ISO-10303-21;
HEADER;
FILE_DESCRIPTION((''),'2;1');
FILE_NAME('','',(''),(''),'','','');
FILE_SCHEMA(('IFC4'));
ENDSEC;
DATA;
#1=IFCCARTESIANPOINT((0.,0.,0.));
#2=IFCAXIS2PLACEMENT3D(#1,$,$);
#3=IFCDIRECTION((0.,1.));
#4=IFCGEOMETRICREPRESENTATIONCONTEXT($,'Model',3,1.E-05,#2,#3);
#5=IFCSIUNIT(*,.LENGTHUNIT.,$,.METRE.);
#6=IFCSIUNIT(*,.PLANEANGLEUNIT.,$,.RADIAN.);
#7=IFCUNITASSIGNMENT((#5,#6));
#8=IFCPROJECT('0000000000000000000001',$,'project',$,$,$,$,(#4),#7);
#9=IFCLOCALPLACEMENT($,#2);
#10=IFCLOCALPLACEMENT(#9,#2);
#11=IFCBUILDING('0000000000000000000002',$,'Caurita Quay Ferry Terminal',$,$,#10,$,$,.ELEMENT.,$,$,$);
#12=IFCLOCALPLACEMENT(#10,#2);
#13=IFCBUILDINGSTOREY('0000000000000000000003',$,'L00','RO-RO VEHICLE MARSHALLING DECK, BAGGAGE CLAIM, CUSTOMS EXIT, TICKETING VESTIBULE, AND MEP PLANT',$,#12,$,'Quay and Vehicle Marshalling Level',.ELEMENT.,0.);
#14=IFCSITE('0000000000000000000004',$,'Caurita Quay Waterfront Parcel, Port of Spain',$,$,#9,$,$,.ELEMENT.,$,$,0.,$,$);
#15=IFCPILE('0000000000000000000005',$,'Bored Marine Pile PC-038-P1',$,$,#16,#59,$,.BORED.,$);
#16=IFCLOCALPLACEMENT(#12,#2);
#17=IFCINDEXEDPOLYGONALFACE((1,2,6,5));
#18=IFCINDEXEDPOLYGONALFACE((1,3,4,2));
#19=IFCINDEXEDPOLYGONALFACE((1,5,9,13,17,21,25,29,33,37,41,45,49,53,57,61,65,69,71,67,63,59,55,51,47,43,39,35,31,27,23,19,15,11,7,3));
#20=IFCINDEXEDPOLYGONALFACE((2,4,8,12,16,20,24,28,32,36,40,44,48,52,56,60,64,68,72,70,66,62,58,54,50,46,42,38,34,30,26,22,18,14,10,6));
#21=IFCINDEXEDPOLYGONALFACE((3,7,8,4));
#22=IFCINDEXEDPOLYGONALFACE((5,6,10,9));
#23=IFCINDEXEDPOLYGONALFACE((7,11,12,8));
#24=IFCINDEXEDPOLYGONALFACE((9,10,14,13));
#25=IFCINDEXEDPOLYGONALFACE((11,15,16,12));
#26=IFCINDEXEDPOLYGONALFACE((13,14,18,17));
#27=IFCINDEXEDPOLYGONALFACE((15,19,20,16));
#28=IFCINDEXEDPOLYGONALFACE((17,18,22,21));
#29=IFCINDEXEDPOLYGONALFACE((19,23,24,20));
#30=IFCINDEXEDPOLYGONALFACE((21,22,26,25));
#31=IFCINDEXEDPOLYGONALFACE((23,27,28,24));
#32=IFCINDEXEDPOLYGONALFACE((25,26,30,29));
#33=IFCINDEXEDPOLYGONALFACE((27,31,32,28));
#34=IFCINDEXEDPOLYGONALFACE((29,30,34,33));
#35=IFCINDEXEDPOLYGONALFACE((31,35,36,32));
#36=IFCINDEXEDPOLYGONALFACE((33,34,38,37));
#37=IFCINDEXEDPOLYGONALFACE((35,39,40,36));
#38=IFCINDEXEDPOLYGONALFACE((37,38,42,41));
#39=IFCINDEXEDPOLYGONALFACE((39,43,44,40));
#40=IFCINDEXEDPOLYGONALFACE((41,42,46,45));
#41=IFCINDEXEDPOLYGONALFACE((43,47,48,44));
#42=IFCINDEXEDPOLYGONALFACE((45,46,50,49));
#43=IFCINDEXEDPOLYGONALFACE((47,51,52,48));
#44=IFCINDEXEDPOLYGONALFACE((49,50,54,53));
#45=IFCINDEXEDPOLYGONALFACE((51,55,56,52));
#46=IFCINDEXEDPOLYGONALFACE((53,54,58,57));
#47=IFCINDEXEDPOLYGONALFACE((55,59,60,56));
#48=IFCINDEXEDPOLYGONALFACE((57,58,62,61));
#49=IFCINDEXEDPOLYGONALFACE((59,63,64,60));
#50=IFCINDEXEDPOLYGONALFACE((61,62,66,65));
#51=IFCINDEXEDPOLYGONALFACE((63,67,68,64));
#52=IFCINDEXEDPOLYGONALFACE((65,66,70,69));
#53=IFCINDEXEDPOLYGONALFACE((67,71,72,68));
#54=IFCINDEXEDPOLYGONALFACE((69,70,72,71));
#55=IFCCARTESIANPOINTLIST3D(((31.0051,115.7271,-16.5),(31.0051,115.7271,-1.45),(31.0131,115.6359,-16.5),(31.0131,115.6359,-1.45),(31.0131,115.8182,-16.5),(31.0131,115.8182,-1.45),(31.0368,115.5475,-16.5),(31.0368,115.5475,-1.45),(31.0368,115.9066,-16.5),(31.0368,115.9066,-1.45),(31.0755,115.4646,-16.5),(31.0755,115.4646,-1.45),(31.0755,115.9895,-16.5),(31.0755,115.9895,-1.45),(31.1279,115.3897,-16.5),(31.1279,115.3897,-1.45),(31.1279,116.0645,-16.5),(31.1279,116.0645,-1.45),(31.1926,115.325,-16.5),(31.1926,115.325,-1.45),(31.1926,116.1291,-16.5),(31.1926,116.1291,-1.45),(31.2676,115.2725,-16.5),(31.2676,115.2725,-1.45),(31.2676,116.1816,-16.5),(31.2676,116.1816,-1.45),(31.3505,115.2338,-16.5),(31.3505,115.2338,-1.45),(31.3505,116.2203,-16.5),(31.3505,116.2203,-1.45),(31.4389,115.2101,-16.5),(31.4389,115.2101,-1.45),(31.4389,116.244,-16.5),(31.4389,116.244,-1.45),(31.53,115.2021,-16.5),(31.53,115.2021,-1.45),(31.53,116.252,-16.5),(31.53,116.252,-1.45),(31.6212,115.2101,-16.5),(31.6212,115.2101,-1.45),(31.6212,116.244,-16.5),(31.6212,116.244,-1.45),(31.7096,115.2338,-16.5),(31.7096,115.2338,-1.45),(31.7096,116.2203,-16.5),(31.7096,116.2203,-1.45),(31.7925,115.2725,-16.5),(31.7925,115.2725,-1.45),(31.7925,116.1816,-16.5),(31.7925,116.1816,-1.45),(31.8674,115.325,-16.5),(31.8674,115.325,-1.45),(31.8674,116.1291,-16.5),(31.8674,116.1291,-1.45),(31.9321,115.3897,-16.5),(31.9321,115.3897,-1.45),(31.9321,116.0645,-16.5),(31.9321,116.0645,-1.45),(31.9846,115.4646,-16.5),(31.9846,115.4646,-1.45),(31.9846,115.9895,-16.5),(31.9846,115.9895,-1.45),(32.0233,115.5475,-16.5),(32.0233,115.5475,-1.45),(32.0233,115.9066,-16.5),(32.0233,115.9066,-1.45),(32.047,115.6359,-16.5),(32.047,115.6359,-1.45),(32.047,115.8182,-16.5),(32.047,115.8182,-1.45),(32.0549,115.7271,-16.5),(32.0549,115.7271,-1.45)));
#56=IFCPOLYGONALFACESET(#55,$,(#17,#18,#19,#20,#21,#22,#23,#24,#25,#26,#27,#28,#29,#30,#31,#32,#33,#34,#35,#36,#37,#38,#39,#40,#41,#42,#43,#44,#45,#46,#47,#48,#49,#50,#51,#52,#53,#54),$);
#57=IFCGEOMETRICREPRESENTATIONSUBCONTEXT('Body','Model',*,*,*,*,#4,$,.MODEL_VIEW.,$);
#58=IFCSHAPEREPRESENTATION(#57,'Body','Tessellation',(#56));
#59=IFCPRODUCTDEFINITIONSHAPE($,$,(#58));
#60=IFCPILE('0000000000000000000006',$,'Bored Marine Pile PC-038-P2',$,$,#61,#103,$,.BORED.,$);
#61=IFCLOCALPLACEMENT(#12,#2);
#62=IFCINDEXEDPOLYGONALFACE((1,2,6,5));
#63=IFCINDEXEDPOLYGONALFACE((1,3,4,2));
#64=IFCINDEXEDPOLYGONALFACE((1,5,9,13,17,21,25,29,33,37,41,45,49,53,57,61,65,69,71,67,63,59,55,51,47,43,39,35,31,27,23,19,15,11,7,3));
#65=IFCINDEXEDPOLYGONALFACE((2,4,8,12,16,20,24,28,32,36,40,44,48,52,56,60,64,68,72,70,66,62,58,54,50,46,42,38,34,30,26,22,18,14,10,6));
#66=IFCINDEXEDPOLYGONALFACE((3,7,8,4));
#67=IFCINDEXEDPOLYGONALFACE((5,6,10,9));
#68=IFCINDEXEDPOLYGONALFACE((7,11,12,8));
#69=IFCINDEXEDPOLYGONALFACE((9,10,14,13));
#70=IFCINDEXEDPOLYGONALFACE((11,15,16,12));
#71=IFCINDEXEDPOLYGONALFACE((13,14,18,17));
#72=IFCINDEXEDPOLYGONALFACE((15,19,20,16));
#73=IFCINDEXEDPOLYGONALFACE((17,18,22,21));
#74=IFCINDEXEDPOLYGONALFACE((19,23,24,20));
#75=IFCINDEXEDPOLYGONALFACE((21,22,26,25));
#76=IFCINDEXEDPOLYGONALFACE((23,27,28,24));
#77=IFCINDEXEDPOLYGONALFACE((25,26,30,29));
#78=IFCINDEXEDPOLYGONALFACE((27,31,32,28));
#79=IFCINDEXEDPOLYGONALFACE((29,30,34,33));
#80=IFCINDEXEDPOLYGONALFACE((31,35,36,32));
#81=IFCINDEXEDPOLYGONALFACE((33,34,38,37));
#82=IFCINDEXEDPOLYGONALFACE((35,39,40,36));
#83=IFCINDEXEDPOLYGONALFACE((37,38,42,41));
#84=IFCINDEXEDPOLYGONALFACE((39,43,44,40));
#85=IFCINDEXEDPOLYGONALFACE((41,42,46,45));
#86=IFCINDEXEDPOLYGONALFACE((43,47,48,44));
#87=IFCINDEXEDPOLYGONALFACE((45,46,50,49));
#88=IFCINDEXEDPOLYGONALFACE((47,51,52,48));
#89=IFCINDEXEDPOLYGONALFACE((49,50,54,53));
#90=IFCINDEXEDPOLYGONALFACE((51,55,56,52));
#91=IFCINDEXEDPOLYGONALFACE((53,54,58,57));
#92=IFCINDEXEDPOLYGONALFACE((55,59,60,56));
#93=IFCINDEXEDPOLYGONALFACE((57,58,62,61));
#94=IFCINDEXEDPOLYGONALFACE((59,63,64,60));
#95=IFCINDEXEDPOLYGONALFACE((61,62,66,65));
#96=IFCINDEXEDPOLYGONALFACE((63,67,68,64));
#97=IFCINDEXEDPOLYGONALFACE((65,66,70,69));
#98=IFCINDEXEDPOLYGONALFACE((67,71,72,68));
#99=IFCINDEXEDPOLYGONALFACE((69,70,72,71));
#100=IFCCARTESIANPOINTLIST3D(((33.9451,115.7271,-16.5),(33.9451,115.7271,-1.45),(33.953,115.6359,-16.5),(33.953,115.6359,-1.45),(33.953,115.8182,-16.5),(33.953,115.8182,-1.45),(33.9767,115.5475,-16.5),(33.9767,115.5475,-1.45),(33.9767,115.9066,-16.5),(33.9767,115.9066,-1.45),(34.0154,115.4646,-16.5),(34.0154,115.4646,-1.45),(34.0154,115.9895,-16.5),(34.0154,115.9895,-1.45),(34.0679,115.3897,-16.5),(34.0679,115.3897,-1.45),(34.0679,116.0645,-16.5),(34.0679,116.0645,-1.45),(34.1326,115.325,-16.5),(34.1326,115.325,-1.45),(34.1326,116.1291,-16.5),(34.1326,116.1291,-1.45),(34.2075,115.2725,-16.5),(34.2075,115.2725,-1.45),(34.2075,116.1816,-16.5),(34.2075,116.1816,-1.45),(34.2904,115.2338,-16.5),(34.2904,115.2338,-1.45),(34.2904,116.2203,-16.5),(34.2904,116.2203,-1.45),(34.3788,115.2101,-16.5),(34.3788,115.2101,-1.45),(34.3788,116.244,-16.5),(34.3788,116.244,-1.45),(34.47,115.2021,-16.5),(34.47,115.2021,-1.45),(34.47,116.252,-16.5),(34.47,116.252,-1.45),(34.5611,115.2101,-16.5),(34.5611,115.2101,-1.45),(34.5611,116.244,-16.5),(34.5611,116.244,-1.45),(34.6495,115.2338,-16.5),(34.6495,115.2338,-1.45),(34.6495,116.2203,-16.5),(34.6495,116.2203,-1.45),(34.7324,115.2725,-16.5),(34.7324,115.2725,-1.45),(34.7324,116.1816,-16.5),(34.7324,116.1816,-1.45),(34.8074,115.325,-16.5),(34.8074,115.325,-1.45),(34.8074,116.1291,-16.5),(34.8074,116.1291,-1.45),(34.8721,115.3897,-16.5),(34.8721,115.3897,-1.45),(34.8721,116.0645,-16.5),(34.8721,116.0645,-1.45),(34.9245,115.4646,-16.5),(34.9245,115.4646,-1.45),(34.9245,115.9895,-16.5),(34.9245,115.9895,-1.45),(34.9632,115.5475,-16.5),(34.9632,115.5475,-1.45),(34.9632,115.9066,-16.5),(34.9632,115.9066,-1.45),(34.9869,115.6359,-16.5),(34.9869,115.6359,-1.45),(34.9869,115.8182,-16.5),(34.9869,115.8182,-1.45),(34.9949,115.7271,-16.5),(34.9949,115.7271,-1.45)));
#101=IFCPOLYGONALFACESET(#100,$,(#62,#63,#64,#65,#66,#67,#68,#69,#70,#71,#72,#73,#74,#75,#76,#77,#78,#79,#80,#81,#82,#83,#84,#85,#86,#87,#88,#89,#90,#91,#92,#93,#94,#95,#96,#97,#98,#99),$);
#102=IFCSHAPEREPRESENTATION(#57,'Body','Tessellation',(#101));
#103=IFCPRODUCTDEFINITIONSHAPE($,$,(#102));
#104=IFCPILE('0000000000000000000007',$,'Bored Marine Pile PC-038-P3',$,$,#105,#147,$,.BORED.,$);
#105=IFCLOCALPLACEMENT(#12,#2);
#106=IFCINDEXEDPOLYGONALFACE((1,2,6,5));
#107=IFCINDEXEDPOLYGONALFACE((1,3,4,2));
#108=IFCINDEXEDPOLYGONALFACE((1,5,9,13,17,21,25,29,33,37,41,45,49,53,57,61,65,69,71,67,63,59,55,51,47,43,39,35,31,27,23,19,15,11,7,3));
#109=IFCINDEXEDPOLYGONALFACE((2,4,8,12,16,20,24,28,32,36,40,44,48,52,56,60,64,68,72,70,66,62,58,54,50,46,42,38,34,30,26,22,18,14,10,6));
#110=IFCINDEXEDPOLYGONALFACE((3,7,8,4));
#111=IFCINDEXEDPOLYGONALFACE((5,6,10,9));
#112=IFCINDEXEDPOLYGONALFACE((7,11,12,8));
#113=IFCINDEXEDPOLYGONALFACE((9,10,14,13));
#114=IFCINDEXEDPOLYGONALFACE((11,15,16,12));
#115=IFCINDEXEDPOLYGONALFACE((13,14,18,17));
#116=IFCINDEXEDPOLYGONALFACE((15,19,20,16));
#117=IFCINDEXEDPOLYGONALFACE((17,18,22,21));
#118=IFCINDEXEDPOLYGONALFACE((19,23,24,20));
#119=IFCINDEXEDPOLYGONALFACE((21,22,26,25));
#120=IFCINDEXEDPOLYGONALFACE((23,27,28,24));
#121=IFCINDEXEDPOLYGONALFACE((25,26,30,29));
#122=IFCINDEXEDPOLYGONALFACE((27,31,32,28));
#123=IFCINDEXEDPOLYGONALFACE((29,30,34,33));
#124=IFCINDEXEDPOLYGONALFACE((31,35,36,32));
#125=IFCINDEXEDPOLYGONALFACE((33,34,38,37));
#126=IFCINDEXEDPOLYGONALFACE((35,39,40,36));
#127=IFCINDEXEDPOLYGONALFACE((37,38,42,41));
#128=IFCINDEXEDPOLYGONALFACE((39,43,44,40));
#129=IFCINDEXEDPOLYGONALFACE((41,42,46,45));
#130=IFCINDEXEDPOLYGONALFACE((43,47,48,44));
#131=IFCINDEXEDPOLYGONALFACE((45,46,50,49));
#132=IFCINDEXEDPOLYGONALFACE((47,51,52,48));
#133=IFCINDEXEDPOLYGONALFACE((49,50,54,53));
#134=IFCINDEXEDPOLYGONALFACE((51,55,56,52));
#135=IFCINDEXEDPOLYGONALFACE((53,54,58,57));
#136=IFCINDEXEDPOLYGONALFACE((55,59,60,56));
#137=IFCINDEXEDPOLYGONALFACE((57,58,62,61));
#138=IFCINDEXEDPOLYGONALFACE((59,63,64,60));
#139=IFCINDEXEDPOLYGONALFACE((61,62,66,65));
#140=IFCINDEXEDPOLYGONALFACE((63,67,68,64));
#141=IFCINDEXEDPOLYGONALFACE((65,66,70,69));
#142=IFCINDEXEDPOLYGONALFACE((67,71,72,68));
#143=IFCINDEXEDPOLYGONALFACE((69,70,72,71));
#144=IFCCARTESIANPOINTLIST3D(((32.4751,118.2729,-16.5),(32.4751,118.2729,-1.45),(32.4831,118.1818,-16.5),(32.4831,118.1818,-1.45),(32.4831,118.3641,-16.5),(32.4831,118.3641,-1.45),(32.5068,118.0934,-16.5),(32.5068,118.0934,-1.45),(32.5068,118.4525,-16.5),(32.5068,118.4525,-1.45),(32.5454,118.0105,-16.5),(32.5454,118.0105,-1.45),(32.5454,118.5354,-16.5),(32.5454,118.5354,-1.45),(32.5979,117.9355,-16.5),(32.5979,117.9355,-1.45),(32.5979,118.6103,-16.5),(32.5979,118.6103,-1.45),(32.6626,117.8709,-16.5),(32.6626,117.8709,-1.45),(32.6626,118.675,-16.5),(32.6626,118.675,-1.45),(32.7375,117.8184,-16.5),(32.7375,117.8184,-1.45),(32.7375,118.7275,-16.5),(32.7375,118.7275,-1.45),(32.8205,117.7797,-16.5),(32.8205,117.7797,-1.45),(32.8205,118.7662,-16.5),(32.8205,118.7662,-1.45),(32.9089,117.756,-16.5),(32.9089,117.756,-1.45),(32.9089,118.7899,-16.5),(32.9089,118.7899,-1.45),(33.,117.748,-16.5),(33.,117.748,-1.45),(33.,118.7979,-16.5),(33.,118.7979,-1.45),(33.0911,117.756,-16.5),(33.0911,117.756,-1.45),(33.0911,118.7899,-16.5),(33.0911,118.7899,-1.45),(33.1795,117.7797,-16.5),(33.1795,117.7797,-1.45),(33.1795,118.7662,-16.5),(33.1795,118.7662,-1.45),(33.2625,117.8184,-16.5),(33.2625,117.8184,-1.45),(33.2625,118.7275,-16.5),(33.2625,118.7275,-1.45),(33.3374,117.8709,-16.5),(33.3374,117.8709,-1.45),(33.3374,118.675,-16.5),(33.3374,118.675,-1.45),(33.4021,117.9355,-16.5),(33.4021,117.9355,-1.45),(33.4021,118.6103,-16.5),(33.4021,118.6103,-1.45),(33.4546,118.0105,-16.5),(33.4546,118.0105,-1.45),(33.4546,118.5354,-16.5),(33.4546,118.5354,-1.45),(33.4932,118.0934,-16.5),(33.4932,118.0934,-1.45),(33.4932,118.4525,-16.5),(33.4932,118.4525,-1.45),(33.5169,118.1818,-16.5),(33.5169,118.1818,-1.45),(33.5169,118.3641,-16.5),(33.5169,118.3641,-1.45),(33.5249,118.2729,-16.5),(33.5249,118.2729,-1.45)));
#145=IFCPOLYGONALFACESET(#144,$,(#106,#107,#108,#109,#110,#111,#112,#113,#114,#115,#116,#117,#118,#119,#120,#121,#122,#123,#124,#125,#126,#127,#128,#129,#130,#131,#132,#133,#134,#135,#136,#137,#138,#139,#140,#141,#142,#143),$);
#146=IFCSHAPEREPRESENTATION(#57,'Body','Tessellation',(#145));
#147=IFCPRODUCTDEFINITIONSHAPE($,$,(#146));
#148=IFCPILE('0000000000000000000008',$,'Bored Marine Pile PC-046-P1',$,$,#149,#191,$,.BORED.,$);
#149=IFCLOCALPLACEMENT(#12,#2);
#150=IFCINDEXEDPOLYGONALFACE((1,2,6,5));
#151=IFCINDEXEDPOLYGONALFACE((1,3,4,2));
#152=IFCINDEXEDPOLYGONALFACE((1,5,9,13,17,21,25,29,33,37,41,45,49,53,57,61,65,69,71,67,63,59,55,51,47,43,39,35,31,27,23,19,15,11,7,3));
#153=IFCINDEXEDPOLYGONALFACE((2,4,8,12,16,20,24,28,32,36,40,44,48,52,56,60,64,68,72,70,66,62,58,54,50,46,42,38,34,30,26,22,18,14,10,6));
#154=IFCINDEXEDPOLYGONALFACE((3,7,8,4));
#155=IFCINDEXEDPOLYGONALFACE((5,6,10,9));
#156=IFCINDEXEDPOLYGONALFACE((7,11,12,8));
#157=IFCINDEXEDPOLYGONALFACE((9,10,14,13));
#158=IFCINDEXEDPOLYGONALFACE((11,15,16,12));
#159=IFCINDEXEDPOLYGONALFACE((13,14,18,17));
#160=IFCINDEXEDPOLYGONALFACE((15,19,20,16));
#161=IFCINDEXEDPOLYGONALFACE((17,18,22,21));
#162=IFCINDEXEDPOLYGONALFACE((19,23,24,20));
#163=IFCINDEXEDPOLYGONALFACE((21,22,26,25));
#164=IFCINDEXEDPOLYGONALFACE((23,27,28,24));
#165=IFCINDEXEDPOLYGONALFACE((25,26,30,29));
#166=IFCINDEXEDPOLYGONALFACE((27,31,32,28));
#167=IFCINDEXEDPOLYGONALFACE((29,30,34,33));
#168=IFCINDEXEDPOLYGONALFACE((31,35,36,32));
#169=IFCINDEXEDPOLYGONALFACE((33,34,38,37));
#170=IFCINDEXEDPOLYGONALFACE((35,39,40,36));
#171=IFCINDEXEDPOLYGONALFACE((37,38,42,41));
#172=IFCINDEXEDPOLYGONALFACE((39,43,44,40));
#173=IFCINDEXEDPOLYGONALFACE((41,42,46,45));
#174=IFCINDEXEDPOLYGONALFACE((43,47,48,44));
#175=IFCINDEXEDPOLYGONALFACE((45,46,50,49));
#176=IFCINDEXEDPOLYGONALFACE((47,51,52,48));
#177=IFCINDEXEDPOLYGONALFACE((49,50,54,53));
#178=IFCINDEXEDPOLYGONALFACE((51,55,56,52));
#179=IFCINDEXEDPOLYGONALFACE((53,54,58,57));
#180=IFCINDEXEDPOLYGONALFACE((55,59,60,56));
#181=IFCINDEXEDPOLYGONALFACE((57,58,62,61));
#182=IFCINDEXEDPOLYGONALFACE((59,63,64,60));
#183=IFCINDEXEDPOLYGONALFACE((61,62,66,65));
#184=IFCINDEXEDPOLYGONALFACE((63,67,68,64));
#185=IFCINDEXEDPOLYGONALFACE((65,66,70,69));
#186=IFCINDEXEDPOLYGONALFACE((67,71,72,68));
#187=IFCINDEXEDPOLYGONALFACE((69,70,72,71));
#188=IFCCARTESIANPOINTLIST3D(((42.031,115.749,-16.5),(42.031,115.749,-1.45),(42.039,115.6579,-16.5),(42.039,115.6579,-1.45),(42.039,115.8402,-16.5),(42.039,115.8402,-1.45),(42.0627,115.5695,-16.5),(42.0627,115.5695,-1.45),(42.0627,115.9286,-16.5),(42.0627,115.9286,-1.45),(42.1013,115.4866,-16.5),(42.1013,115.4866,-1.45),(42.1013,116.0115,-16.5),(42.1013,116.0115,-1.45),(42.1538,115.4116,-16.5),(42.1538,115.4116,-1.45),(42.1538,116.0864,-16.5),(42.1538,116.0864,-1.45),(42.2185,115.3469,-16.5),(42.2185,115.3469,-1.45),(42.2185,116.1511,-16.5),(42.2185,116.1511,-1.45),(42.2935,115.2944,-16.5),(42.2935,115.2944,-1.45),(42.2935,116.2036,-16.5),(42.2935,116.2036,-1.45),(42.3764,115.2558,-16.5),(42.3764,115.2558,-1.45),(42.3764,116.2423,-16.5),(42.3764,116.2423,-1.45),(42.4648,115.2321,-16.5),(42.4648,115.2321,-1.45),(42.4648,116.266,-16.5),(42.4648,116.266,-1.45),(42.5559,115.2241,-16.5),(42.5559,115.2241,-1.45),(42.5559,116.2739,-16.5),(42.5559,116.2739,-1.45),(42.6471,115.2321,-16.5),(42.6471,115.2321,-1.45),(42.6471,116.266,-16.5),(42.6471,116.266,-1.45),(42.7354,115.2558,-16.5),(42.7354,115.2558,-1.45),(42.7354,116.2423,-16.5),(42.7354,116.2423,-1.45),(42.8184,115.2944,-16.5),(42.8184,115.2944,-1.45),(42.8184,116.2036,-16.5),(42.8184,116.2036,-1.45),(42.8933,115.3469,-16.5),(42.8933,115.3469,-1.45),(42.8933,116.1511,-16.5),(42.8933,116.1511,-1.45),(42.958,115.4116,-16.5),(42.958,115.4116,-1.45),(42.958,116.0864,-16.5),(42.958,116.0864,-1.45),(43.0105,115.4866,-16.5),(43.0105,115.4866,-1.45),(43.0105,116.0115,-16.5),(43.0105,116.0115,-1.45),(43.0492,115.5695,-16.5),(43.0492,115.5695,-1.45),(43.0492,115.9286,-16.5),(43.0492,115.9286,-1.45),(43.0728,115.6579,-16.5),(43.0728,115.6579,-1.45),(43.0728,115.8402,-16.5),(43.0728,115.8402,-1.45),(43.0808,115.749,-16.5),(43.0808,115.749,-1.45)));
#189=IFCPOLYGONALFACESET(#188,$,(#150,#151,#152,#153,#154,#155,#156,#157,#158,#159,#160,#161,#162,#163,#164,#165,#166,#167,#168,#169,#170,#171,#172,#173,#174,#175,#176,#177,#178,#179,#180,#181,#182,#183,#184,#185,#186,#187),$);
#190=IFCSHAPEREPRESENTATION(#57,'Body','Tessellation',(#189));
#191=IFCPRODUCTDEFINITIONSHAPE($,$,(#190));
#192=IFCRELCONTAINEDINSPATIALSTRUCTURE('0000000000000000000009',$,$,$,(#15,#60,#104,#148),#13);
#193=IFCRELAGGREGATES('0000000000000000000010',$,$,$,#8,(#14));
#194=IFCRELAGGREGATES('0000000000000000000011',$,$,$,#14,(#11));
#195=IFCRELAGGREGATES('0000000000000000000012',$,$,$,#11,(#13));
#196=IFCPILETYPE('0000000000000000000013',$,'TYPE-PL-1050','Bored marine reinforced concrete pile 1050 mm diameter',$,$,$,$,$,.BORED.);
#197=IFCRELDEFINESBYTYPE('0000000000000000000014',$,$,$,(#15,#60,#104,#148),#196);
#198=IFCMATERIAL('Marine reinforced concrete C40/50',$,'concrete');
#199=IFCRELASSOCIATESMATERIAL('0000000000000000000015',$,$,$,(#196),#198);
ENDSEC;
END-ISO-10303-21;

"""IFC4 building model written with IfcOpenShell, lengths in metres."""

from ifc_helpers import new_model, si_unit, direction, frame, origin, origin_2d, place, context, subcontext, project, spatial, circle, extrude, material, material_profile, profile_set, type_object, element, save


model = new_model("IFC4")

# Units and contexts
model_context = context("Model", 3, precision=1e-05, world=origin(), true_north=direction((0.0, 1.0)))
body_context = subcontext(model_context, "Body", "Model", "MODEL_VIEW")
ifc_project = project(units=[si_unit("LENGTHUNIT", "METRE"), si_unit("PLANEANGLEUNIT", "RADIAN")], contexts=[model_context])

# Site, building, storey
site_placement = place(None, origin())
site = spatial("IfcSite", under=ifc_project, at=site_placement, Name="Caurita Quay Waterfront Parcel, Port of Spain", CompositionType="ELEMENT", RefElevation=0.0)
building_placement = place(site_placement, origin())
building = spatial("IfcBuilding", under=site, at=building_placement, Name="Caurita Quay Ferry Terminal", CompositionType="ELEMENT")
storey_placement = place(building_placement, origin())
storey = spatial("IfcBuildingStorey", under=building, at=storey_placement, Name="L00", Description="RO-RO VEHICLE MARSHALLING DECK, BAGGAGE CLAIM, CUSTOMS EXIT, TICKETING VESTIBULE, AND MEP PLANT", LongName="Quay and Vehicle Marshalling Level", CompositionType="ELEMENT", Elevation=0.0)

# Piles
ifc_material_1 = material(Name="Marine reinforced concrete C40/50", Category="concrete")
ifc_material_profile_1 = material_profile(ifc_material_1, circle(Radius=0.5249, at=origin_2d()), Name="PILE-D1050")
ifc_profile_set_1 = profile_set([ifc_material_profile_1], Name="Marine reinforced concrete C40/50")
pile_type = type_object("IfcPileType", Name="TYPE-PL-1050", Description="Bored marine reinforced concrete pile 1050 mm diameter", PredefinedType="BORED", material=ifc_profile_set_1)
for number, where, z_axis, x_axis, name in (
    (1, (31.53, 115.7271, -1.45), (0.0, 0.0, -1.0), (1.0, 0.0, 0.0), "Bored Marine Pile PC-038-P1"),
    (2, (34.47, 115.7271, -1.45), (0.0, 0.0, -1.0), (1.0, 0.0, 0.0), "Bored Marine Pile PC-038-P2"),
    (3, (33.0, 118.2729, -1.45), (0.0, 0.0, -1.0), (1.0, 0.0, 0.0), "Bored Marine Pile PC-038-P3"),
    (4, (42.5559, 115.749, -1.45), (0.0, 0.0, -1.0), (1.0, 0.0, 0.0), "Bored Marine Pile PC-046-P1"),
):
    element("IfcPile", number, at=place(storey_placement, frame(where, z_axis=z_axis, x_axis=x_axis)), inside=storey, type_object=pile_type, Name=name, PredefinedType="BORED", context=body_context, shape_type="SweptSolid", body=[
        extrude(circle(Radius=0.5249, at=origin_2d()), origin(), (0.0, 0.0, 1.0), 15.05),
    ])

save(model, "model.ifc")
